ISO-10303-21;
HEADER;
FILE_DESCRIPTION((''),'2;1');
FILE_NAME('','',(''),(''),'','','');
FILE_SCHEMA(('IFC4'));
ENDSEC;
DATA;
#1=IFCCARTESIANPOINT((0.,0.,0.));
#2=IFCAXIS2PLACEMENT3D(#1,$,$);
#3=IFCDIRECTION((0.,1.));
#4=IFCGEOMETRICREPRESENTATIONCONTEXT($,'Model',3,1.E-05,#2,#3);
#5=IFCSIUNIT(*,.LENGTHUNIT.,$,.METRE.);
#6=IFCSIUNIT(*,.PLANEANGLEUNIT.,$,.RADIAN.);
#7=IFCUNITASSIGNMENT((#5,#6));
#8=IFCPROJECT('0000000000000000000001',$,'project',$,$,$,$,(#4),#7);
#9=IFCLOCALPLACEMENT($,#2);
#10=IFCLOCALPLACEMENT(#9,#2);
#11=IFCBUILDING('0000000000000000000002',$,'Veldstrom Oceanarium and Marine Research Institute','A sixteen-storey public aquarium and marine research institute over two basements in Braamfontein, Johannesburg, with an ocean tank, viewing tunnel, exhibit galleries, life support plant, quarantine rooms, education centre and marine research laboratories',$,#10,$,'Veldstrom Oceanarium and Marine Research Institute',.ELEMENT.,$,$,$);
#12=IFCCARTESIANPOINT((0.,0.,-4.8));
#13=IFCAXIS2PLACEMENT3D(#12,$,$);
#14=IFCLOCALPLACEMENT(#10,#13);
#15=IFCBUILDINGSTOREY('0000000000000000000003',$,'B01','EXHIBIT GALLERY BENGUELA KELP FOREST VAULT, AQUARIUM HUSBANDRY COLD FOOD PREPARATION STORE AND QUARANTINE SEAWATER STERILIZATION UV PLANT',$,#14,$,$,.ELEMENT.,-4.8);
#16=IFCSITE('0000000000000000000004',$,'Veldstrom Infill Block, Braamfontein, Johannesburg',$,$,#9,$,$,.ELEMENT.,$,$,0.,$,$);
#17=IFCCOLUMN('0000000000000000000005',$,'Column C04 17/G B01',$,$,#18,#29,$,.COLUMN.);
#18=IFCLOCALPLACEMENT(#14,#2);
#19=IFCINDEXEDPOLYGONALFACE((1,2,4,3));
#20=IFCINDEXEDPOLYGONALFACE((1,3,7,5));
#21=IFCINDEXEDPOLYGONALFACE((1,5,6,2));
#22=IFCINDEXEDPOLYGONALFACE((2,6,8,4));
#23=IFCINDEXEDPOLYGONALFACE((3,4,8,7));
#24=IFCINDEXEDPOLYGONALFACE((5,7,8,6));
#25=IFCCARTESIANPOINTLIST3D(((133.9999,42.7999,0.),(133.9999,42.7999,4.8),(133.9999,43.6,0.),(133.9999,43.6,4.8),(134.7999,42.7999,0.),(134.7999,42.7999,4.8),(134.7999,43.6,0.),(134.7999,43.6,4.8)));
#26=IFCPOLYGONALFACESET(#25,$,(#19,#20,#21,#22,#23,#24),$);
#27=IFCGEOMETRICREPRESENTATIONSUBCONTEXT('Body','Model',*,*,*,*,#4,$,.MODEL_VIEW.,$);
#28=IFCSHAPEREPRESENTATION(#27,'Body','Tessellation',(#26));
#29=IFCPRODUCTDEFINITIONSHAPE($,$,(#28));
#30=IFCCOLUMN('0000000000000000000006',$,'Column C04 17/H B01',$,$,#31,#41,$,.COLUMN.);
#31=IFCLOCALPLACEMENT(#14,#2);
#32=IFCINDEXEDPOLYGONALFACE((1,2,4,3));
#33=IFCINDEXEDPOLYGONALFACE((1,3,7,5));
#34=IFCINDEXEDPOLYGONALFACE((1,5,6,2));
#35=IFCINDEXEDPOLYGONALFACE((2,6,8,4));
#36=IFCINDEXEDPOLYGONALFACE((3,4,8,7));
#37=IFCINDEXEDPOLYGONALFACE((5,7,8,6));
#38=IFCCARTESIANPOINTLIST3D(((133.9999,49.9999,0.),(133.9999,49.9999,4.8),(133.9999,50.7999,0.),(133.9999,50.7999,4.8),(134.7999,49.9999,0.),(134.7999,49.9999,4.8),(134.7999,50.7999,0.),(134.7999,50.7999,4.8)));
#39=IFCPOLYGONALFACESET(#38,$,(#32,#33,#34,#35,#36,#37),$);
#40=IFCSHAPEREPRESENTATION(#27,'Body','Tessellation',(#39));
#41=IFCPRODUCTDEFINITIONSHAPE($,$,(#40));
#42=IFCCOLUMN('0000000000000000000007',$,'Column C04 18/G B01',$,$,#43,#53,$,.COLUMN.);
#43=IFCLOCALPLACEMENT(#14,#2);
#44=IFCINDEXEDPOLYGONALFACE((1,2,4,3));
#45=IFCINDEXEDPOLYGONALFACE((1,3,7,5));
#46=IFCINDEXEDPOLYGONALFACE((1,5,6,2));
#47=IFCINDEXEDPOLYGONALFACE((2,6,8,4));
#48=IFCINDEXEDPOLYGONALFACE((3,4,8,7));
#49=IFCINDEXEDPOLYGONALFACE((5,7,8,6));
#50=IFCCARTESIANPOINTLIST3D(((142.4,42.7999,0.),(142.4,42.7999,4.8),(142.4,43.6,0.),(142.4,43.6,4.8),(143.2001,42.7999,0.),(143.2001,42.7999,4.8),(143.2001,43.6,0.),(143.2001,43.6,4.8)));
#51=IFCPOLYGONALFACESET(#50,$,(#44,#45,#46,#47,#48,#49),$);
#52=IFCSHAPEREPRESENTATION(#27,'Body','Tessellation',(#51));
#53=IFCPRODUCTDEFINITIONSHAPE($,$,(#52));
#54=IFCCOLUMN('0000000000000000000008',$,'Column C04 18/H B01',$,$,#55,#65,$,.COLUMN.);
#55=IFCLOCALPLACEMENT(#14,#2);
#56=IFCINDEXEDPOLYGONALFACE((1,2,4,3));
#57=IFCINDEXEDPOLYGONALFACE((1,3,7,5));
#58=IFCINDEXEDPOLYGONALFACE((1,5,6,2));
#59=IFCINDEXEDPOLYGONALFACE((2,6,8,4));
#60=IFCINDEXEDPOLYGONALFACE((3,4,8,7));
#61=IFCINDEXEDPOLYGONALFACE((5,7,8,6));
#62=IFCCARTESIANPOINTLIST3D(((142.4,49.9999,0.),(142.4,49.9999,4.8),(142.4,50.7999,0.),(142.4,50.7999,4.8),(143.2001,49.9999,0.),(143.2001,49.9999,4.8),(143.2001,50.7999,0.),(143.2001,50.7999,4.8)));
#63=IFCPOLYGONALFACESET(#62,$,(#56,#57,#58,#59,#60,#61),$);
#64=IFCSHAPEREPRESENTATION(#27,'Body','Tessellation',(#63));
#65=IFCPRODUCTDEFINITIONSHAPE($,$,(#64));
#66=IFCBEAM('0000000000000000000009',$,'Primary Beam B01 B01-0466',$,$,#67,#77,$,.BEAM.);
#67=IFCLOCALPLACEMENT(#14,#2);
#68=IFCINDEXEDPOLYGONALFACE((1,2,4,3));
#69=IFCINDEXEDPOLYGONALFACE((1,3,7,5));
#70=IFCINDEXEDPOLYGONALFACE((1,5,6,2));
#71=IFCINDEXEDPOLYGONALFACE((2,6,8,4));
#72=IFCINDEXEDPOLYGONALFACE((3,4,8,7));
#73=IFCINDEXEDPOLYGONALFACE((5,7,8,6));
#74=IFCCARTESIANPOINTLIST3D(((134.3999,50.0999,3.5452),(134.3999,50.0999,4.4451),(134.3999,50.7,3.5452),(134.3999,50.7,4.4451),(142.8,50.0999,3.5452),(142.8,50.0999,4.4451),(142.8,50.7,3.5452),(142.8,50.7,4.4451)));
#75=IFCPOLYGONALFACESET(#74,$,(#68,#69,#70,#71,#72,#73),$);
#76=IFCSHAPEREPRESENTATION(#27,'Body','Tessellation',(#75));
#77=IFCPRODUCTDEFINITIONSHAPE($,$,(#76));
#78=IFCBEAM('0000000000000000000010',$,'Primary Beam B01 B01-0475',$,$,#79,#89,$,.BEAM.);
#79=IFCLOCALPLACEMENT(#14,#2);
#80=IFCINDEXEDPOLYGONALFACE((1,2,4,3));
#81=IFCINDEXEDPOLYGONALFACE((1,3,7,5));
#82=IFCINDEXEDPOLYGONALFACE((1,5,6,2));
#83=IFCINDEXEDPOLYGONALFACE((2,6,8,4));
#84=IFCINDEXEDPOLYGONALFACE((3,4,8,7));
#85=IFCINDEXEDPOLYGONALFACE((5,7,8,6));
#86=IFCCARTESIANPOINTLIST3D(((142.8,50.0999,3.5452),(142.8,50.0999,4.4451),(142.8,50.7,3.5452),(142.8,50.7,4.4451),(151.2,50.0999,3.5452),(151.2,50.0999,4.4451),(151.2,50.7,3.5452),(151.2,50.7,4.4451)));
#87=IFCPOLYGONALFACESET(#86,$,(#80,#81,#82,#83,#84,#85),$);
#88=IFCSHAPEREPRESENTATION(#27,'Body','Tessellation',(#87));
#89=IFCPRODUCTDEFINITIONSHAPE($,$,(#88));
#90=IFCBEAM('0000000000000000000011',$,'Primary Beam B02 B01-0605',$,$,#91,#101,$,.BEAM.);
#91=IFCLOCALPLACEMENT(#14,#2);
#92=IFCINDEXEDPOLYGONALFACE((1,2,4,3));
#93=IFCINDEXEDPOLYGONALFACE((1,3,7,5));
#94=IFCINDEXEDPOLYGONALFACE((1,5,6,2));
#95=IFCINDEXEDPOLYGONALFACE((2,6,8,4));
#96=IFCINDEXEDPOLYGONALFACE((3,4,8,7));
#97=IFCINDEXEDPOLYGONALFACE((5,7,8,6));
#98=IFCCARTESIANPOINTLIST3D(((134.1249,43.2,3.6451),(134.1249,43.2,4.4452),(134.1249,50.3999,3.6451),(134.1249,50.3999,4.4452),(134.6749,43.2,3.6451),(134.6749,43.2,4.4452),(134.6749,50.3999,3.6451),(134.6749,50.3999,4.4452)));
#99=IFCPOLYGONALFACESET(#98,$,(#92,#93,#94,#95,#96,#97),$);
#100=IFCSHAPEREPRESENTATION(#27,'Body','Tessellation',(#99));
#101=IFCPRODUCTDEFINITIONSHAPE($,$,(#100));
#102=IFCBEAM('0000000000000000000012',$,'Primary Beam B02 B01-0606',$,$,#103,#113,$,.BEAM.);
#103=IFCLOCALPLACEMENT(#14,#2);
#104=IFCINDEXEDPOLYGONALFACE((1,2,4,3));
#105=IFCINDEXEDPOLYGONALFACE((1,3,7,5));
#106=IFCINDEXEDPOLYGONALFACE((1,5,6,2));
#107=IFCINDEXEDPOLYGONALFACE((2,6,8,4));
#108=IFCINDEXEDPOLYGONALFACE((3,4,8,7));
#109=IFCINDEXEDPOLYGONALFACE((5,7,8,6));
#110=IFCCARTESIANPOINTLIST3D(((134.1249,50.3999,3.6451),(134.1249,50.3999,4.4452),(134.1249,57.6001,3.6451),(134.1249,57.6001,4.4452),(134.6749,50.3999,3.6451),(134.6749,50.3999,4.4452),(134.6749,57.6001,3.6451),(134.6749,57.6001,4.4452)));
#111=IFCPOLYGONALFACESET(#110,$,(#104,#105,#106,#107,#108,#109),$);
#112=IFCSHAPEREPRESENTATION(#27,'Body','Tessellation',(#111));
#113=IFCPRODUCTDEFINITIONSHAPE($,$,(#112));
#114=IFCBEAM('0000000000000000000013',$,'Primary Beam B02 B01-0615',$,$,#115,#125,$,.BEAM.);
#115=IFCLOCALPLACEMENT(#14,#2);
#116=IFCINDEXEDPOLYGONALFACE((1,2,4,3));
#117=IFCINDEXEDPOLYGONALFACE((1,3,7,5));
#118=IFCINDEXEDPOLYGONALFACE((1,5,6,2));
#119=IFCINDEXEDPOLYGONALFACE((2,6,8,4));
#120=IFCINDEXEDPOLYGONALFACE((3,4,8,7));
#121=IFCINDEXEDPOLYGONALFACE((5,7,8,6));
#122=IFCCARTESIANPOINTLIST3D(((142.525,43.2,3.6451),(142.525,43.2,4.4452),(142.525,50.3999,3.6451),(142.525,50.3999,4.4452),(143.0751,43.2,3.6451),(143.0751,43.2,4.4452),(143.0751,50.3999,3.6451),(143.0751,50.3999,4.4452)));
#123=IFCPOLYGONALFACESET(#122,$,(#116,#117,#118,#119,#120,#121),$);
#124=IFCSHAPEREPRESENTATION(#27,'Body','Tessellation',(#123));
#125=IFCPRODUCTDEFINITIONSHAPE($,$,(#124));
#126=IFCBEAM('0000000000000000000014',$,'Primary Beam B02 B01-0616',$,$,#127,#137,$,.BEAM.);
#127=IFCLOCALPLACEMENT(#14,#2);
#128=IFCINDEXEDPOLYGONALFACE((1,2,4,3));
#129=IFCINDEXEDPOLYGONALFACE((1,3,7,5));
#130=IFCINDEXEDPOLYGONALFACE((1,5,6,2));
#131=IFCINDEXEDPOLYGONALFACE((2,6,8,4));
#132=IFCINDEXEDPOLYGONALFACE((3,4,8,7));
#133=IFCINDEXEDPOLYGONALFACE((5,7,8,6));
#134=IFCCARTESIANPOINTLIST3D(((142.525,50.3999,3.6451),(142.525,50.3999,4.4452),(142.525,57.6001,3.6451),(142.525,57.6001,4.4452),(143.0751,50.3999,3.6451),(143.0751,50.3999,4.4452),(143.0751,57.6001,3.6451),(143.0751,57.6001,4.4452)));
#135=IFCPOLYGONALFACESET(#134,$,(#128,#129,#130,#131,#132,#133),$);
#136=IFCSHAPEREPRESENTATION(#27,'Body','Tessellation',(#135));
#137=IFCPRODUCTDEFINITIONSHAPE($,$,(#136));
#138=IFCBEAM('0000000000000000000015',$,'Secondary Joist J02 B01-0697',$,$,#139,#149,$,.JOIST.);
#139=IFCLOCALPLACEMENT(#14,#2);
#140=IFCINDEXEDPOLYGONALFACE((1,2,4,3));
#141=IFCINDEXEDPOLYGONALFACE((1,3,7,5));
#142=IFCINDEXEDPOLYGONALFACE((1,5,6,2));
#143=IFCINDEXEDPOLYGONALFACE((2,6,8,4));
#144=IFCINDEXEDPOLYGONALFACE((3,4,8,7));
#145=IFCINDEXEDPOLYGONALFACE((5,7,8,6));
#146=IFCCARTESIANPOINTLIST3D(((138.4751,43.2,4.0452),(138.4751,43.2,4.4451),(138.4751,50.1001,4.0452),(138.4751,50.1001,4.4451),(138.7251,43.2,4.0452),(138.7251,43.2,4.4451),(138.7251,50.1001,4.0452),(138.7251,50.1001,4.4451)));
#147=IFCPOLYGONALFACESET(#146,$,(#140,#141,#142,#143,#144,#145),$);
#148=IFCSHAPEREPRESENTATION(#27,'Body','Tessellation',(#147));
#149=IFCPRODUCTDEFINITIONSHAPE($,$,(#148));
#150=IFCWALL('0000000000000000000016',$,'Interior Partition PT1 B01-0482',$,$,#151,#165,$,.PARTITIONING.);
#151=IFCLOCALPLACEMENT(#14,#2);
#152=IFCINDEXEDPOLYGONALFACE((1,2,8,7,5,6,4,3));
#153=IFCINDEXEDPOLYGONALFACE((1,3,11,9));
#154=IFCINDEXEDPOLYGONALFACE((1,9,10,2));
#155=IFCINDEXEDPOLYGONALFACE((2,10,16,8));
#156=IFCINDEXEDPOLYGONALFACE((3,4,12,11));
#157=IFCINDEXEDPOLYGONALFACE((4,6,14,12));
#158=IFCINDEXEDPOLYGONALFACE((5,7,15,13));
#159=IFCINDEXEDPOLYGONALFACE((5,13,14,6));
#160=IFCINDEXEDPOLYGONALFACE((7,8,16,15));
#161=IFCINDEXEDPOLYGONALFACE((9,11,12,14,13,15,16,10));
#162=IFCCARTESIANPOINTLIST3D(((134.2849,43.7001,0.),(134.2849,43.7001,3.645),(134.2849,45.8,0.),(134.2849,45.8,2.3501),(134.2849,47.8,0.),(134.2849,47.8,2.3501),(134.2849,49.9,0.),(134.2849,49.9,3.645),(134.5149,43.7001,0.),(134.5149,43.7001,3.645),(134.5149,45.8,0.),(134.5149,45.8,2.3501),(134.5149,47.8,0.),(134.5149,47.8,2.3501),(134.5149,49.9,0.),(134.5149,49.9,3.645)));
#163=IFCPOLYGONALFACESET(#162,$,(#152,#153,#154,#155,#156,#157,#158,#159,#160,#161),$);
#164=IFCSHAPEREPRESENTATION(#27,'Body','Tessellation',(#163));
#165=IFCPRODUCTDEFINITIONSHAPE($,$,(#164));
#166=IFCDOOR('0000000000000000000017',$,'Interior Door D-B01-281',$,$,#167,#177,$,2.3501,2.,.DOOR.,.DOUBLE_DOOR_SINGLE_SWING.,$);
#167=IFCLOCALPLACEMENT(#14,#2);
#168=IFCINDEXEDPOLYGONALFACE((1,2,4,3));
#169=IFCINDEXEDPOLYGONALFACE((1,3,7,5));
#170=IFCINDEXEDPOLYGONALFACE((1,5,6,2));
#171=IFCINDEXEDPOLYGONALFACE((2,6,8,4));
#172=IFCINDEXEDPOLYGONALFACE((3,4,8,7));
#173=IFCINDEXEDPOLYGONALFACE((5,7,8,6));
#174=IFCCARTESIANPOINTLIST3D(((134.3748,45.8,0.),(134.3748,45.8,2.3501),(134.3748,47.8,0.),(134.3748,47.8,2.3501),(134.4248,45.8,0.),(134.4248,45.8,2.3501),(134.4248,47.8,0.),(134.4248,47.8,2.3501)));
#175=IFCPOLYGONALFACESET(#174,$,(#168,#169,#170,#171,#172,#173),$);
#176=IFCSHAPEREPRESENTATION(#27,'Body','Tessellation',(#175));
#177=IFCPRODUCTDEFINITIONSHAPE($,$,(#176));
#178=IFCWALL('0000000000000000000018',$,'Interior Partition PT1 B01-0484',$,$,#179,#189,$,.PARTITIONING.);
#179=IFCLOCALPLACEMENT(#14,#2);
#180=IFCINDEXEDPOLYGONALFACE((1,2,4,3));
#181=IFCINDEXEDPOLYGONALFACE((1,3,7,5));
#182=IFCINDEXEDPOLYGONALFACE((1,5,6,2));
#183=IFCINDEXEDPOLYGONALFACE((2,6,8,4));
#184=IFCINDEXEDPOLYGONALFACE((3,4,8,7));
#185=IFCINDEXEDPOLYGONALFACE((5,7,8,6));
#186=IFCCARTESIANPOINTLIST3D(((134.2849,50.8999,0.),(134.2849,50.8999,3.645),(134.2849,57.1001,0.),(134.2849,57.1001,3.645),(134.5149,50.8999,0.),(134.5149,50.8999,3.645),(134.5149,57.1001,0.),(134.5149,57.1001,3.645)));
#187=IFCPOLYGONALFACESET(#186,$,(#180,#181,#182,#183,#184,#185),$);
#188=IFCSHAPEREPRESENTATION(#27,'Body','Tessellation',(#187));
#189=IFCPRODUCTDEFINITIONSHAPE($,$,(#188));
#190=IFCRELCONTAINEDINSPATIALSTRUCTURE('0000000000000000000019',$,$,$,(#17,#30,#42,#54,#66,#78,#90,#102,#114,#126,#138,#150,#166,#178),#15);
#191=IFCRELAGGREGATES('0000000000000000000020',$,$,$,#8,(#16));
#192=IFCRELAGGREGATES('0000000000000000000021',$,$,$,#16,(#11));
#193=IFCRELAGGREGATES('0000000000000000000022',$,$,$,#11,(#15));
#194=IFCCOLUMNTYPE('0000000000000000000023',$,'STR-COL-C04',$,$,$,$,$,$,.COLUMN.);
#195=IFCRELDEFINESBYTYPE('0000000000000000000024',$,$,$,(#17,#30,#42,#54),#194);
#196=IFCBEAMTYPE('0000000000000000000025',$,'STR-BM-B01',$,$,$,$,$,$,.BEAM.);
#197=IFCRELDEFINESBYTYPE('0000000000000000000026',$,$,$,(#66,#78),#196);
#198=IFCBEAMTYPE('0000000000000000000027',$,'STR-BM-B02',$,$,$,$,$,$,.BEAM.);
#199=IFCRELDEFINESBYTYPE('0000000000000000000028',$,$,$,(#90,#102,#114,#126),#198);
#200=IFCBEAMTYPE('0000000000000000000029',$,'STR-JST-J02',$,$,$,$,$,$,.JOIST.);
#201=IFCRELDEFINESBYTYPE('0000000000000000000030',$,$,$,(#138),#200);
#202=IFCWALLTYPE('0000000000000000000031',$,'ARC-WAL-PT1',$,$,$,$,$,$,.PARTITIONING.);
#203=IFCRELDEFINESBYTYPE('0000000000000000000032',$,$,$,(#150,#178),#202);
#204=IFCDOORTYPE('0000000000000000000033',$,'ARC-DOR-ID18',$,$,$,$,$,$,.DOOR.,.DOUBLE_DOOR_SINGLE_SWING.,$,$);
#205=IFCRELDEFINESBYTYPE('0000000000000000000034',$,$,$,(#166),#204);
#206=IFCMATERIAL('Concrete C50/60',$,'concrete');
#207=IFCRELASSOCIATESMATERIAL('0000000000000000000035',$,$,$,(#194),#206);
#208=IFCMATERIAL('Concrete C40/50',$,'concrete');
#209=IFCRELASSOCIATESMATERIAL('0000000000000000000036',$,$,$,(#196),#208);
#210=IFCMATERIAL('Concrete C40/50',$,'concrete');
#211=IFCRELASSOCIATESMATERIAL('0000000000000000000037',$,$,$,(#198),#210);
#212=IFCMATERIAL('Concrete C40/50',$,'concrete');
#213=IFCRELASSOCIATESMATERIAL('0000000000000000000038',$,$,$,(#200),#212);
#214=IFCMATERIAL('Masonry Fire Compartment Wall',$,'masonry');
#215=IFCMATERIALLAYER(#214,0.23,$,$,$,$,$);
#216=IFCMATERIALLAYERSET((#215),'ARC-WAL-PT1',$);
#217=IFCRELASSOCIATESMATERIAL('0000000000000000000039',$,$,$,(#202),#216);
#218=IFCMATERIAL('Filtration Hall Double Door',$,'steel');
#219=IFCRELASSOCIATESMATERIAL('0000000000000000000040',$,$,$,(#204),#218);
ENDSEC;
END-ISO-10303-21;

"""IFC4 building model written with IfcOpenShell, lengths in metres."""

from ifc_helpers import new_model, si_unit, direction, frame, frame_2d, origin, origin_2d, place, context, subcontext, project, spatial, rectangle, extrude, material, layer, layer_set, material_profile, profile_set, type_object, element, fill, save


model = new_model("IFC4")

# Units and contexts
model_context = context("Model", 3, precision=1e-05, world=origin(), true_north=direction((0.0, 1.0)))
body_context = subcontext(model_context, "Body", "Model", "MODEL_VIEW")
ifc_project = project(units=[si_unit("LENGTHUNIT", "METRE"), si_unit("PLANEANGLEUNIT", "RADIAN")], contexts=[model_context])

# Site, building, storey
site_placement = place(None, origin())
site = spatial("IfcSite", under=ifc_project, at=site_placement, Name="Veldstrom Infill Block, Braamfontein, Johannesburg", CompositionType="ELEMENT", RefElevation=0.0)
building_placement = place(site_placement, origin())
building = spatial("IfcBuilding", under=site, at=building_placement, Name="Veldstrom Oceanarium and Marine Research Institute", Description="A sixteen-storey public aquarium and marine research institute over two basements in Braamfontein, Johannesburg, with an ocean tank, viewing tunnel, exhibit galleries, life support plant, quarantine rooms, education centre and marine research laboratories", LongName="Veldstrom Oceanarium and Marine Research Institute", CompositionType="ELEMENT")
storey_placement = place(building_placement, frame((0.0, 0.0, -4.8)))
storey = spatial("IfcBuildingStorey", under=building, at=storey_placement, Name="B01", Description="EXHIBIT GALLERY BENGUELA KELP FOREST VAULT, AQUARIUM HUSBANDRY COLD FOOD PREPARATION STORE AND QUARANTINE SEAWATER STERILIZATION UV PLANT", CompositionType="ELEMENT", Elevation=-4.8)

# Columns
ifc_material_1 = material(Name="Concrete C50/60", Category="concrete")
ifc_material_profile_1 = material_profile(ifc_material_1, rectangle(XDim=0.8, YDim=0.8, at=origin_2d()), Name="RC-COL-800x800")
ifc_profile_set_1 = profile_set([ifc_material_profile_1], Name="Concrete C50/60")
column_type = type_object("IfcColumnType", Name="STR-COL-C04", PredefinedType="COLUMN", material=ifc_profile_set_1)
for number, where, z_axis, x_axis, name in (
    (1, (134.3999, 43.2, 0.0), (0.0, 0.0, 1.0), (1.0, 0.0, 0.0), "Column C04 17/G B01"),
    (2, (134.3999, 50.3999, 0.0), (0.0, 0.0, 1.0), (1.0, 0.0, 0.0), "Column C04 17/H B01"),
    (3, (142.8, 43.2, 0.0), (0.0, 0.0, 1.0), (1.0, 0.0, 0.0), "Column C04 18/G B01"),
    (4, (142.8, 50.3999, 0.0), (0.0, 0.0, 1.0), (1.0, 0.0, 0.0), "Column C04 18/H B01"),
):
    element("IfcColumn", number, at=place(storey_placement, frame(where, z_axis=z_axis, x_axis=x_axis)), inside=storey, type_object=column_type, Name=name, PredefinedType="COLUMN", context=body_context, shape_type="SweptSolid", body=[
        extrude(rectangle(XDim=0.8, YDim=0.8, at=origin_2d()), origin(), (0.0, 0.0, 1.0), 4.8),
    ])

# Beams
ifc_material_2 = material(Name="Concrete C40/50", Category="concrete")
ifc_material_profile_2 = material_profile(ifc_material_2, rectangle(XDim=0.6001, YDim=0.8999, at=origin_2d()), Name="RC-BM-600x900")
ifc_profile_set_2 = profile_set([ifc_material_profile_2], Name="Concrete C40/50")
beam_type_1 = type_object("IfcBeamType", Name="STR-BM-B01", PredefinedType="BEAM", material=ifc_profile_set_2)
beam_1_placement = place(storey_placement, frame((134.3999, 50.3999, 3.9951), z_axis=(1.0, 0.0, 0.0), x_axis=(0.0, 1.0, 0.0)))
element("IfcBeam", 5, at=beam_1_placement, inside=storey, type_object=beam_type_1, Name="Primary Beam B01 B01-0466", PredefinedType="BEAM", context=body_context, shape_type="SweptSolid", body=[
    extrude(rectangle(XDim=0.6001, YDim=0.8999, at=origin_2d()), origin(), (0.0, 0.0, 1.0), 8.4001),
])
beam_2_placement = place(storey_placement, frame((142.8, 50.3999, 3.9951), z_axis=(1.0, 0.0, 0.0), x_axis=(0.0, 1.0, 0.0)))
element("IfcBeam", 6, at=beam_2_placement, inside=storey, type_object=beam_type_1, Name="Primary Beam B01 B01-0475", PredefinedType="BEAM", context=body_context, shape_type="SweptSolid", body=[
    extrude(rectangle(XDim=0.6001, YDim=0.8999, at=origin_2d()), origin(), (0.0, 0.0, 1.0), 8.3999),
])
ifc_material_3 = material(Name="Concrete C40/50", Category="concrete")
ifc_material_profile_3 = material_profile(ifc_material_3, rectangle(XDim=0.55, YDim=0.8, at=origin_2d()), Name="RC-BM-550x800")
ifc_profile_set_3 = profile_set([ifc_material_profile_3], Name="Concrete C40/50")
beam_type_2 = type_object("IfcBeamType", Name="STR-BM-B02", PredefinedType="BEAM", material=ifc_profile_set_3)
beam_3_placement = place(storey_placement, frame((134.3999, 43.2, 4.0452), z_axis=(0.0, 1.0, 0.0), x_axis=(-1.0, 0.0, 0.0)))
element("IfcBeam", 7, at=beam_3_placement, inside=storey, type_object=beam_type_2, Name="Primary Beam B02 B01-0605", PredefinedType="BEAM", context=body_context, shape_type="SweptSolid", body=[
    extrude(rectangle(XDim=0.55, YDim=0.8, at=origin_2d()), origin(), (0.0, 0.0, 1.0), 7.2),
])
beam_4_placement = place(storey_placement, frame((134.3999, 50.3999, 4.0452), z_axis=(0.0, 1.0, 0.0), x_axis=(-1.0, 0.0, 0.0)))
element("IfcBeam", 8, at=beam_4_placement, inside=storey, type_object=beam_type_2, Name="Primary Beam B02 B01-0606", PredefinedType="BEAM", context=body_context, shape_type="SweptSolid", body=[
    extrude(rectangle(XDim=0.55, YDim=0.8, at=origin_2d()), origin(), (0.0, 0.0, 1.0), 7.2002),
])
beam_5_placement = place(storey_placement, frame((142.8, 43.2, 4.0452), z_axis=(0.0, 1.0, 0.0), x_axis=(-1.0, 0.0, 0.0)))
element("IfcBeam", 9, at=beam_5_placement, inside=storey, type_object=beam_type_2, Name="Primary Beam B02 B01-0615", PredefinedType="BEAM", context=body_context, shape_type="SweptSolid", body=[
    extrude(rectangle(XDim=0.55, YDim=0.8, at=origin_2d()), origin(), (0.0, 0.0, 1.0), 7.2),
])
beam_6_placement = place(storey_placement, frame((142.8, 50.3999, 4.0452), z_axis=(0.0, 1.0, 0.0), x_axis=(-1.0, 0.0, 0.0)))
element("IfcBeam", 10, at=beam_6_placement, inside=storey, type_object=beam_type_2, Name="Primary Beam B02 B01-0616", PredefinedType="BEAM", context=body_context, shape_type="SweptSolid", body=[
    extrude(rectangle(XDim=0.55, YDim=0.8, at=origin_2d()), origin(), (0.0, 0.0, 1.0), 7.2002),
])
ifc_material_4 = material(Name="Concrete C40/50", Category="concrete")
ifc_material_profile_4 = material_profile(ifc_material_4, rectangle(XDim=0.25, YDim=0.3999, at=origin_2d()), Name="RC-JST-250x400")
ifc_profile_set_4 = profile_set([ifc_material_profile_4], Name="Concrete C40/50")
beam_type_3 = type_object("IfcBeamType", Name="STR-JST-J02", PredefinedType="JOIST", material=ifc_profile_set_4)
beam_7_placement = place(storey_placement, frame((138.6001, 43.2, 4.2451), z_axis=(0.0, 1.0, 0.0), x_axis=(-1.0, 0.0, 0.0)))
element("IfcBeam", 11, at=beam_7_placement, inside=storey, type_object=beam_type_3, Name="Secondary Joist J02 B01-0697", PredefinedType="JOIST", context=body_context, shape_type="SweptSolid", body=[
    extrude(rectangle(XDim=0.25, YDim=0.3999, at=origin_2d()), origin(), (0.0, 0.0, 1.0), 6.9001),
])

# Wall, opening, door
ifc_material_5 = material(Name="Masonry Fire Compartment Wall", Category="masonry")
ifc_layer_1 = layer(ifc_material_5, 0.23)
ifc_layer_set_1 = layer_set([ifc_layer_1], Name="ARC-WAL-PT1")
wall_type_1 = type_object("IfcWallType", Name="ARC-WAL-PT1", PredefinedType="PARTITIONING", material=ifc_layer_set_1)
wall_1_placement = place(storey_placement, frame((134.3999, 43.7, 0.0), z_axis=(0.0, 0.0, 1.0), x_axis=(0.0, 1.0, 0.0)))
wall_1 = element("IfcWall", 12, at=wall_1_placement, inside=storey, type_object=wall_type_1, Name="Interior Partition PT1 B01-0482", PredefinedType="PARTITIONING", context=body_context, shape_type="SweptSolid", body=[
    extrude(rectangle(XDim=6.2, YDim=0.23, at=frame_2d((3.1001, 0.0))), origin(), (0.0, 0.0, 1.0), 3.645),
])
opening_1_placement = place(wall_1_placement, frame((2.1001, 0.0, 0.0)))
opening_1 = element("IfcOpeningElement", 13, at=opening_1_placement, cuts=wall_1, PredefinedType="OPENING", context=body_context, shape_type="SweptSolid", body=[
    extrude(rectangle(XDim=2.0, YDim=2.3501, at=frame_2d((1.0, 1.175))), frame((0.0, 0.125, 0.0), z_axis=(0.0, -1.0, 0.0), x_axis=(1.0, 0.0, 0.0)), (0.0, 0.0, 1.0), 0.25),
])
ifc_material_6 = material(Name="Filtration Hall Double Door", Category="steel")
door_type_1 = type_object("IfcDoorType", Name="ARC-DOR-ID18", OperationType="DOUBLE_DOOR_SINGLE_SWING", PredefinedType="DOOR", material=ifc_material_6)
door_1_placement = place(opening_1_placement, frame((2.0, 0.0, 0.0), z_axis=(0.0, 0.0, 1.0), x_axis=(-1.0, 0.0, 0.0)))
door_1 = element("IfcDoor", 14, at=door_1_placement, inside=storey, type_object=door_type_1, Name="Interior Door D-B01-281", OperationType="DOUBLE_DOOR_SINGLE_SWING", OverallHeight=2.3501, OverallWidth=2.0, PredefinedType="DOOR", context=body_context, shape_type="SweptSolid", body=[
    extrude(rectangle(XDim=2.0, YDim=2.3501, at=frame_2d((1.0, 1.175))), frame((0.0, 0.0249, 0.0), z_axis=(0.0, -1.0, 0.0), x_axis=(1.0, 0.0, 0.0)), (0.0, 0.0, 1.0), 0.05),
])
fill(opening_1, door_1)

# Wall
for number, where, z_axis, x_axis, name in (
    (15, (134.3999, 50.8999, 0.0), (0.0, 0.0, 1.0), (0.0, 1.0, 0.0), "Interior Partition PT1 B01-0484"),
):
    element("IfcWall", number, at=place(storey_placement, frame(where, z_axis=z_axis, x_axis=x_axis)), inside=storey, type_object=wall_type_1, Name=name, PredefinedType="PARTITIONING", context=body_context, shape_type="SweptSolid", body=[
        extrude(rectangle(XDim=6.2002, YDim=0.23, at=frame_2d((3.1001, 0.0))), origin(), (0.0, 0.0, 1.0), 3.645),
    ])

save(model, "model.ifc")
